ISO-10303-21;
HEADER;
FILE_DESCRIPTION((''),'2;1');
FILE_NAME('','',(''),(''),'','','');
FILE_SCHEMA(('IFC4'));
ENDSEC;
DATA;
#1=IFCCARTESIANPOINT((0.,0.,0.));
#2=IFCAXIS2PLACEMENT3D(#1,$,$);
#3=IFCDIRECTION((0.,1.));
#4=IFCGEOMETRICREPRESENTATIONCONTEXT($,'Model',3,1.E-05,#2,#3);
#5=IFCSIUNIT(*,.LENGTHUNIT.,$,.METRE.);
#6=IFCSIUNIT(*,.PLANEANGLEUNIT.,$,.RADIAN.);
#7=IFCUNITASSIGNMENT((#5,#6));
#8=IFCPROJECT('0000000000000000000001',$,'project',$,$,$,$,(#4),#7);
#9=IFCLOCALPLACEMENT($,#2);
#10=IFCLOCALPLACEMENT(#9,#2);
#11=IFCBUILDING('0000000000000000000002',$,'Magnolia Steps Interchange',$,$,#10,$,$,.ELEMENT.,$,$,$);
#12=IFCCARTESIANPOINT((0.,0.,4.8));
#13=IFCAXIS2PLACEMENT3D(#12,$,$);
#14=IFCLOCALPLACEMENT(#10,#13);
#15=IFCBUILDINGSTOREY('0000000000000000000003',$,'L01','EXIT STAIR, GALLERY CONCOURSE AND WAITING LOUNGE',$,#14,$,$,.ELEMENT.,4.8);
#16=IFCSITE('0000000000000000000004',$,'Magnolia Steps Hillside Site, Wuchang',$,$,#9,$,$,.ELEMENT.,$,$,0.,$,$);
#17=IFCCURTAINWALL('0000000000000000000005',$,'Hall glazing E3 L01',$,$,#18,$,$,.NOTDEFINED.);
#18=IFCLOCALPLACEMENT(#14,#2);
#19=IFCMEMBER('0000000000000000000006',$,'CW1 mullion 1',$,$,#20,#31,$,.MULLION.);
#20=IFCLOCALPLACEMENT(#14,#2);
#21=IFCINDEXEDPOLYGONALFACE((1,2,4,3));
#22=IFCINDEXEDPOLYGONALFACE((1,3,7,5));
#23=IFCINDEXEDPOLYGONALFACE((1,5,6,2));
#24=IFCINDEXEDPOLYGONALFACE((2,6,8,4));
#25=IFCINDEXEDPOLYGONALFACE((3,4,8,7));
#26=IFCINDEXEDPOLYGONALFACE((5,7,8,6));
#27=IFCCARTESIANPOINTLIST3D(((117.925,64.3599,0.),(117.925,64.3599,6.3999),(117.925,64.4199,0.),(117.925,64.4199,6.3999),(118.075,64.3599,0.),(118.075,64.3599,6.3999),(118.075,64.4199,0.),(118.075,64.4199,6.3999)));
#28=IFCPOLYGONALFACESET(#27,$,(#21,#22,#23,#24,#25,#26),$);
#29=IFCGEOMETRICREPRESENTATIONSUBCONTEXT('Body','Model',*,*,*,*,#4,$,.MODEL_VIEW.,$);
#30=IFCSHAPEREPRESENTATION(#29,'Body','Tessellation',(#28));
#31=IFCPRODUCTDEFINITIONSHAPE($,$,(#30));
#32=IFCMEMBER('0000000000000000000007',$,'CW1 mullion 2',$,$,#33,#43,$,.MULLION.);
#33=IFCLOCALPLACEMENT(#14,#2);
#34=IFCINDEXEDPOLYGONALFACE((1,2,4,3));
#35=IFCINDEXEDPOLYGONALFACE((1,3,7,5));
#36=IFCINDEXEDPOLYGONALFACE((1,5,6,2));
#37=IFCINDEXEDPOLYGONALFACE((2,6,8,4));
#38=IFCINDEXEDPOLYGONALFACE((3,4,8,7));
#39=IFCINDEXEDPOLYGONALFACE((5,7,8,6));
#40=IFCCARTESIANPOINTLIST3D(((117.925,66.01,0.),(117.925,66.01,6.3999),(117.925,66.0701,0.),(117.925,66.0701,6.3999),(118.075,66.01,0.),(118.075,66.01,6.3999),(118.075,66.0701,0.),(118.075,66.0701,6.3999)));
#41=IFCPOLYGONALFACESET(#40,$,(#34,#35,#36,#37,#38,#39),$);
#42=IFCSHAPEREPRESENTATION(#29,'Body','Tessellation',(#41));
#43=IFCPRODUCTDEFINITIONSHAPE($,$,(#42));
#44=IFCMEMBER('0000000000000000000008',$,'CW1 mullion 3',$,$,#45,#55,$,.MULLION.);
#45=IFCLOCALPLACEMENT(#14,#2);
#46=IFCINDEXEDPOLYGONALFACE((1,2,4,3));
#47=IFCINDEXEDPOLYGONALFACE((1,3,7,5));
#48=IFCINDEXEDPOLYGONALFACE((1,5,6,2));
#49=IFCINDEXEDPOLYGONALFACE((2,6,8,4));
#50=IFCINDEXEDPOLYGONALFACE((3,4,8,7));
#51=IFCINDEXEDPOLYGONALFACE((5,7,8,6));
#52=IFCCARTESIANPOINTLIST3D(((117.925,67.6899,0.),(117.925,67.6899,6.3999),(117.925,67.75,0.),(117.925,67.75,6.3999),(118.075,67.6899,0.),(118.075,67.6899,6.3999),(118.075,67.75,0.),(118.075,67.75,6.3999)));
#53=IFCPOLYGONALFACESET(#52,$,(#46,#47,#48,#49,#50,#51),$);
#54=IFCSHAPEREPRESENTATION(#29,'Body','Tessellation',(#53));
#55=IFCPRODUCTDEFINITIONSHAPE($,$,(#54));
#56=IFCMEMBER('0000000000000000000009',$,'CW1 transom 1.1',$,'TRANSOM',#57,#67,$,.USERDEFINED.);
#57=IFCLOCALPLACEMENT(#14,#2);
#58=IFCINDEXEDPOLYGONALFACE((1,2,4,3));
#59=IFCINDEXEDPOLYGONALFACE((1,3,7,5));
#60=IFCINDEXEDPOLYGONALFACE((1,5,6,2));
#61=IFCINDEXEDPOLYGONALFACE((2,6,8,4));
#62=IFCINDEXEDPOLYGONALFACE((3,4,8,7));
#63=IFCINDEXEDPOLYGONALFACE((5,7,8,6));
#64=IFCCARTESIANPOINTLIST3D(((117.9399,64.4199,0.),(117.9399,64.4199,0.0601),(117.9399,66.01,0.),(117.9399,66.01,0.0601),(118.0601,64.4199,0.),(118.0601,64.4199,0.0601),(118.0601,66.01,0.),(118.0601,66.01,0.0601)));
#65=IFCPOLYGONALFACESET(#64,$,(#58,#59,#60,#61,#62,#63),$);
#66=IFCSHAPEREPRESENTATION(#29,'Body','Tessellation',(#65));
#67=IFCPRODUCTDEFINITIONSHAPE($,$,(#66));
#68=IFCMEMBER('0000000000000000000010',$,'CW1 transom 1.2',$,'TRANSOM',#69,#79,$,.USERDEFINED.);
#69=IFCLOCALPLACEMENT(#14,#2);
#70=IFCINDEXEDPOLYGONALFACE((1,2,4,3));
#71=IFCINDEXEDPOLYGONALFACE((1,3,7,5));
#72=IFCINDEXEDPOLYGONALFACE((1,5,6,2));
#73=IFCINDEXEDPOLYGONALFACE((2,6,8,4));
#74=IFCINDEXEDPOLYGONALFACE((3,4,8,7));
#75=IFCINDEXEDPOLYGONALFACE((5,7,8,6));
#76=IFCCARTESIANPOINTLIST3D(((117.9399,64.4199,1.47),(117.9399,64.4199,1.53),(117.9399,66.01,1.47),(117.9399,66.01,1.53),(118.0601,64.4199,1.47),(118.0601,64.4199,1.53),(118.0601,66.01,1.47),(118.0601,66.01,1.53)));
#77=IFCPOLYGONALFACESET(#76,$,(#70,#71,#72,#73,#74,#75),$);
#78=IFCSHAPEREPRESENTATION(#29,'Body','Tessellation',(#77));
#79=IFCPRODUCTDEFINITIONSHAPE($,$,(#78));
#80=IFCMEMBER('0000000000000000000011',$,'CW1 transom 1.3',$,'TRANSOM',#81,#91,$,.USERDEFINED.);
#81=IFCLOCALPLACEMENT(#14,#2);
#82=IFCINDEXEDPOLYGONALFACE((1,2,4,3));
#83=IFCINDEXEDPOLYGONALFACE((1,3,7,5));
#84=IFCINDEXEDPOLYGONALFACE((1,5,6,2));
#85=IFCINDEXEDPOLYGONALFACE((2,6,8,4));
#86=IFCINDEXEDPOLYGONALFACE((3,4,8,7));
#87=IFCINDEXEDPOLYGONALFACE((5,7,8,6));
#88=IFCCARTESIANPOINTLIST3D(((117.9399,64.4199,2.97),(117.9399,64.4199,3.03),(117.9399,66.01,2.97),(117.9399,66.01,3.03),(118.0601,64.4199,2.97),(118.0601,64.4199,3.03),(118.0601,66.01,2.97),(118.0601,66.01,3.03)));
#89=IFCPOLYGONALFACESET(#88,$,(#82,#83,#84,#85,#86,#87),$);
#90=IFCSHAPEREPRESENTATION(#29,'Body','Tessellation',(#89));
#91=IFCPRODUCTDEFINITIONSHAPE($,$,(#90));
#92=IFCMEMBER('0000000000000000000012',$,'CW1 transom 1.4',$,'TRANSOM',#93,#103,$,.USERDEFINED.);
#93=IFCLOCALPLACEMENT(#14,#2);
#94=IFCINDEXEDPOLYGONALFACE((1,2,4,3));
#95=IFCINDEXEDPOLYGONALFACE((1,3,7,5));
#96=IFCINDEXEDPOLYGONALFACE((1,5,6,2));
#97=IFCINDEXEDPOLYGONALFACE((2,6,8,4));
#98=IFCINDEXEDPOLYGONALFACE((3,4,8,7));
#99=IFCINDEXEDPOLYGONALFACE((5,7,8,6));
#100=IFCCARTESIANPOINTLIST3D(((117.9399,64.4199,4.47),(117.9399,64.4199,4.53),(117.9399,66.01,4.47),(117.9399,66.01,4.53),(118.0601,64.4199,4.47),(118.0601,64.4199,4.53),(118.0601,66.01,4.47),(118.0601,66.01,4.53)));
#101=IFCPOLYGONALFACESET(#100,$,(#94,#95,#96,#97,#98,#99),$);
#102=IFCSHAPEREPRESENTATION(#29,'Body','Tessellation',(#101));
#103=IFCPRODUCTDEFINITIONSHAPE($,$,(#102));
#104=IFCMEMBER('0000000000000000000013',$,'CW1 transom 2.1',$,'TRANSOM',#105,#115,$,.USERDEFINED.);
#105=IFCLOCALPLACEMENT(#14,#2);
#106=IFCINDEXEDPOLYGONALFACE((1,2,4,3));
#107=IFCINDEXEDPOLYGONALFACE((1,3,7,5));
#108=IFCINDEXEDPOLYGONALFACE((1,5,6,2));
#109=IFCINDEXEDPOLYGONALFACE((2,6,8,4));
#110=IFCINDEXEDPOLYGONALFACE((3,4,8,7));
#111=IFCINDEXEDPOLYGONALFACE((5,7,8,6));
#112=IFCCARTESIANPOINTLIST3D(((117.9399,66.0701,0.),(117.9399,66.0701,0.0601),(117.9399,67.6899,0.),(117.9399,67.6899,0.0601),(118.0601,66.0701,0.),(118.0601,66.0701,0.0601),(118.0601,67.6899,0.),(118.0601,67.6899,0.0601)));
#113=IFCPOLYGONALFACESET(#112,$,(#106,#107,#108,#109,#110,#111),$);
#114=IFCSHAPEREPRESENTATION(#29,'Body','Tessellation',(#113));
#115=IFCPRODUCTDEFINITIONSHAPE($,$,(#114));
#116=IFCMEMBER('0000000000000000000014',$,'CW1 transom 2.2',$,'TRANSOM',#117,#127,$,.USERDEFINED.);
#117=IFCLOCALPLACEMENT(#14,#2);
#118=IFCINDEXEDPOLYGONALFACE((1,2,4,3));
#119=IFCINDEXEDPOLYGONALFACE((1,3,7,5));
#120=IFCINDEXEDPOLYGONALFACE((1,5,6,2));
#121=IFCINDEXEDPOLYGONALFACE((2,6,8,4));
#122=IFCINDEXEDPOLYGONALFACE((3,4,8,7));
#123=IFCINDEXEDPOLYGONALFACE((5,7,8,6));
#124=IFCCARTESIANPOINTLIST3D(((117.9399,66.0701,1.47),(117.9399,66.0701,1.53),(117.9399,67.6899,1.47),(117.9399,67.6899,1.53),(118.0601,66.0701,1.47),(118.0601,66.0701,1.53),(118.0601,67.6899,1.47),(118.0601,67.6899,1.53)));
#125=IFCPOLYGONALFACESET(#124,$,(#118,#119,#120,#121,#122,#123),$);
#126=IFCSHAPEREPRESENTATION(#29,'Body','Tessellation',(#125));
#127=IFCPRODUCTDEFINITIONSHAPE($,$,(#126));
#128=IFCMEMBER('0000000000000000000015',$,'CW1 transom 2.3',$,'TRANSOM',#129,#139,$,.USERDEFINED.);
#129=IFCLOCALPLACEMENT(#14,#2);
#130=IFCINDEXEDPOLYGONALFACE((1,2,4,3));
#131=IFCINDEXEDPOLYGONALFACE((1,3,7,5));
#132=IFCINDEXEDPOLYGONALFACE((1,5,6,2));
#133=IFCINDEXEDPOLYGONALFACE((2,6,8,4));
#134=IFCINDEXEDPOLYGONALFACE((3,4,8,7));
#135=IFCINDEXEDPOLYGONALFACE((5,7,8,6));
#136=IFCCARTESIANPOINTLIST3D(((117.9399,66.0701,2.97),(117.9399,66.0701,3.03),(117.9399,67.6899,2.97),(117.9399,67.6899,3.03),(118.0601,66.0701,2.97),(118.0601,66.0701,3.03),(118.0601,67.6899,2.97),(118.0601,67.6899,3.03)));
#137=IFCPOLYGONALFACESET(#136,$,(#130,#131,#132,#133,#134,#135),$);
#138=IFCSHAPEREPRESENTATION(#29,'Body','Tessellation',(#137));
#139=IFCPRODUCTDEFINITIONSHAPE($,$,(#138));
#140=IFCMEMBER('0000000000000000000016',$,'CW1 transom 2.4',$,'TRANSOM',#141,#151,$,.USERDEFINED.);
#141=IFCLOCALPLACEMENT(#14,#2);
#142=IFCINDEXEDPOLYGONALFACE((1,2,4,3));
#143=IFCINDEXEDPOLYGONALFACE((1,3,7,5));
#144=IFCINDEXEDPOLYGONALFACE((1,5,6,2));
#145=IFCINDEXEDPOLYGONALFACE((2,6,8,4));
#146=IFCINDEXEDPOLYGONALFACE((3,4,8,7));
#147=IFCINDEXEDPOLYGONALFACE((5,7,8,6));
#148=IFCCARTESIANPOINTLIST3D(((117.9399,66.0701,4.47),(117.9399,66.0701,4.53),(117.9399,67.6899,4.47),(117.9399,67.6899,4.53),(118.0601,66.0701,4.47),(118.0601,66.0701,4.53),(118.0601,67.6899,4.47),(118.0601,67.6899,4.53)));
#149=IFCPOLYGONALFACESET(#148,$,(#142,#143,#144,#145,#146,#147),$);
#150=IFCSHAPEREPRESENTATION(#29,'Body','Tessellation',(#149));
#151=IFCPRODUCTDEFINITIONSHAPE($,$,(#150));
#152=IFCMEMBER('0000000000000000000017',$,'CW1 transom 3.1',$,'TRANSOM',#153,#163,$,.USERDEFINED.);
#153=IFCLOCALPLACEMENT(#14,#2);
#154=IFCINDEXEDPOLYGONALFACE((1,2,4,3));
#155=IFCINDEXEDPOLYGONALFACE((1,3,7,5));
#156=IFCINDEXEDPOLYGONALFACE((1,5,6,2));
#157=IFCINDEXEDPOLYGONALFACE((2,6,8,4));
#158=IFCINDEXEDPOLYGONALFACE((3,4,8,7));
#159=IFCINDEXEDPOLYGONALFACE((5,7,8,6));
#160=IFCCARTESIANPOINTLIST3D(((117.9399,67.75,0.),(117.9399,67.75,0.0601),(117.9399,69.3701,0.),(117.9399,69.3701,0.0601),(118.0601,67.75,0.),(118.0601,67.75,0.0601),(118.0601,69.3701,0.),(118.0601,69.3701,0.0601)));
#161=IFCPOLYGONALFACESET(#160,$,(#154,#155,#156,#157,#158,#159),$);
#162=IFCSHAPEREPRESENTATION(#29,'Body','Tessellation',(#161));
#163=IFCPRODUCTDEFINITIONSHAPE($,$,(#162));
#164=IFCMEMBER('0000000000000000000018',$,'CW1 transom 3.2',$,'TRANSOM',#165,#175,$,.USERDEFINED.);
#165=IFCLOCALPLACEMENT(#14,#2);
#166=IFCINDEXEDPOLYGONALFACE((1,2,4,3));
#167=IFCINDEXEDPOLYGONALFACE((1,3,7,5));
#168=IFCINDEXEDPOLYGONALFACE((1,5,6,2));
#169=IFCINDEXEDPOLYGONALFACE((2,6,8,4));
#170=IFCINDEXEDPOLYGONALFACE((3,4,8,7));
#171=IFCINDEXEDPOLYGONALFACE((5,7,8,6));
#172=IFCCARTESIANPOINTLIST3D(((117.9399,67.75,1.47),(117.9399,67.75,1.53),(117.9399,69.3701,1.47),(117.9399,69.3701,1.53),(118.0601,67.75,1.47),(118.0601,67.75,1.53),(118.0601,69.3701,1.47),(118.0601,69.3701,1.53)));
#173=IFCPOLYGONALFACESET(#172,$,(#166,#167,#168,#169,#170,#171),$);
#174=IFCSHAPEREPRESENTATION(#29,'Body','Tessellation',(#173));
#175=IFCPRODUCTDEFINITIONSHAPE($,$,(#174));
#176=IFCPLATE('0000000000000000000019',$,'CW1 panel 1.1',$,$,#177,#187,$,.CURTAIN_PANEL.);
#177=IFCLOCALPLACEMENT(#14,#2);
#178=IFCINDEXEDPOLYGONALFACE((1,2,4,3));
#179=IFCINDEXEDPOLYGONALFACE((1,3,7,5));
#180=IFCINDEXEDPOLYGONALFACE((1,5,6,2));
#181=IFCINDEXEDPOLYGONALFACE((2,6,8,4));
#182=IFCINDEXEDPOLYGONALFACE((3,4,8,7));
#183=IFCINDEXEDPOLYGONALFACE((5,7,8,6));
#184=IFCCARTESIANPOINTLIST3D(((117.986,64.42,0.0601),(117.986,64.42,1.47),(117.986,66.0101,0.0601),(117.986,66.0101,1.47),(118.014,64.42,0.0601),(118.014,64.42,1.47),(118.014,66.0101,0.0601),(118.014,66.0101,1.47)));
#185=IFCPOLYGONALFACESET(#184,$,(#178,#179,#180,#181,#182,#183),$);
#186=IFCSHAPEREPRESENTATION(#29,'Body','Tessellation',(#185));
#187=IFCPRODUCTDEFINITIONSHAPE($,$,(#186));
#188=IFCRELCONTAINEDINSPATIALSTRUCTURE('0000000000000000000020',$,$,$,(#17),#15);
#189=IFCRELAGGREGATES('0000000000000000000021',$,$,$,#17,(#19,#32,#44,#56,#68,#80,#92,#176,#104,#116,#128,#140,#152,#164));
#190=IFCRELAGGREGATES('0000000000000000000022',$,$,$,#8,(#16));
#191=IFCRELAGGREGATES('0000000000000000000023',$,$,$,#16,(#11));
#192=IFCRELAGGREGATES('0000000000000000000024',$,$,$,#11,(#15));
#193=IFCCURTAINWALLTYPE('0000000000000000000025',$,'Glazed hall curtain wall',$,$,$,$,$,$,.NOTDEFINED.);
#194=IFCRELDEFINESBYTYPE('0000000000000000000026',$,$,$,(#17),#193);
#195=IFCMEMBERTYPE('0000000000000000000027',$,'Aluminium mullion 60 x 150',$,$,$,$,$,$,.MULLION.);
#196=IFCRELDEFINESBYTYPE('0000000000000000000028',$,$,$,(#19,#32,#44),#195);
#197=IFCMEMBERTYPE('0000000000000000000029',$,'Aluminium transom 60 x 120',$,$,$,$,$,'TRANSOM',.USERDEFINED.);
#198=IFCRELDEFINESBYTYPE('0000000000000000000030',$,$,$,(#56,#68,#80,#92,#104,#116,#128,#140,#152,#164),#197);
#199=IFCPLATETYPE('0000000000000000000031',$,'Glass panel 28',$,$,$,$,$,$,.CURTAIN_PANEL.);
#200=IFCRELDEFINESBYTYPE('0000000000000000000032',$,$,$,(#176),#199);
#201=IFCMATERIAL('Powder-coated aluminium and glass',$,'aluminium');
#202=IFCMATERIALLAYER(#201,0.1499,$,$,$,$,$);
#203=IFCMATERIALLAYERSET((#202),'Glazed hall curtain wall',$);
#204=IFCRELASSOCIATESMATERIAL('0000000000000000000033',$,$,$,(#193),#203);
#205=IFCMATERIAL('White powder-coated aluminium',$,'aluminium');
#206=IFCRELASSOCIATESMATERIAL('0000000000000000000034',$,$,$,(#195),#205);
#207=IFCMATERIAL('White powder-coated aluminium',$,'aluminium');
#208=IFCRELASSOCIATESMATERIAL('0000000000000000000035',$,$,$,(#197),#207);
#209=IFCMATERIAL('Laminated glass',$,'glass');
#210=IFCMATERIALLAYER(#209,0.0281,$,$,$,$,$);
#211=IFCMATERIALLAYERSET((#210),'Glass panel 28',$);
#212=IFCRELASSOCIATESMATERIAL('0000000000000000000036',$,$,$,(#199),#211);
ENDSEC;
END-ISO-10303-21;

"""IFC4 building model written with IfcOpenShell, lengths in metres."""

from ifc_helpers import new_model, si_unit, direction, frame, origin, origin_2d, place, context, subcontext, project, spatial, rectangle, extrude, material, layer, layer_set, material_profile, profile_set, type_object, element, aggregate, save


model = new_model("IFC4")

# Units and contexts
model_context = context("Model", 3, precision=1e-05, world=origin(), true_north=direction((0.0, 1.0)))
body_context = subcontext(model_context, "Body", "Model", "MODEL_VIEW")
ifc_project = project(units=[si_unit("LENGTHUNIT", "METRE"), si_unit("PLANEANGLEUNIT", "RADIAN")], contexts=[model_context])

# Site, building, storey
site_placement = place(None, origin())
site = spatial("IfcSite", under=ifc_project, at=site_placement, Name="Magnolia Steps Hillside Site, Wuchang", CompositionType="ELEMENT", RefElevation=0.0)
building_placement = place(site_placement, origin())
building = spatial("IfcBuilding", under=site, at=building_placement, Name="Magnolia Steps Interchange", CompositionType="ELEMENT")
storey_placement = place(building_placement, frame((0.0, 0.0, 4.8)))
storey = spatial("IfcBuildingStorey", under=building, at=storey_placement, Name="L01", Description="EXIT STAIR, GALLERY CONCOURSE AND WAITING LOUNGE", CompositionType="ELEMENT", Elevation=4.8)

# Curtain wall, members, plate
ifc_material_1 = material(Name="Powder-coated aluminium and glass", Category="aluminium")
ifc_layer_1 = layer(ifc_material_1, 0.1499)
ifc_layer_set_1 = layer_set([ifc_layer_1], Name="Glazed hall curtain wall")
curtain_wall_type = type_object("IfcCurtainWallType", Name="Glazed hall curtain wall", PredefinedType="NOTDEFINED", material=ifc_layer_set_1)
curtain_wall_placement = place(storey_placement, origin())
curtain_wall = element("IfcCurtainWall", 1, at=curtain_wall_placement, inside=storey, type_object=curtain_wall_type, Name="Hall glazing E3 L01", PredefinedType="NOTDEFINED")
ifc_material_2 = material(Name="White powder-coated aluminium", Category="aluminium")
ifc_material_profile_1 = material_profile(ifc_material_2, rectangle(XDim=0.0601, YDim=0.1499, at=origin_2d()), Name="Aluminium mullion 60 x 150")
ifc_profile_set_1 = profile_set([ifc_material_profile_1], Name="White powder-coated aluminium")
member_type_1 = type_object("IfcMemberType", Name="Aluminium mullion 60 x 150", PredefinedType="MULLION", material=ifc_profile_set_1)
member_1_placement = place(storey_placement, frame((118.0, 64.3899, 0.0), z_axis=(0.0, 0.0, 1.0), x_axis=(0.0, 1.0, 0.0)))
member_1 = element("IfcMember", 2, at=member_1_placement, type_object=member_type_1, Name="CW1 mullion 1", PredefinedType="MULLION", context=body_context, shape_type="SweptSolid", body=[
    extrude(rectangle(XDim=0.0601, YDim=0.1499, at=origin_2d()), origin(), (0.0, 0.0, 1.0), 6.3999),
])
member_2_placement = place(storey_placement, frame((118.0, 66.04, 0.0), z_axis=(0.0, 0.0, 1.0), x_axis=(0.0, 1.0, 0.0)))
member_2 = element("IfcMember", 3, at=member_2_placement, type_object=member_type_1, Name="CW1 mullion 2", PredefinedType="MULLION", context=body_context, shape_type="SweptSolid", body=[
    extrude(rectangle(XDim=0.0601, YDim=0.1499, at=origin_2d()), origin(), (0.0, 0.0, 1.0), 6.3999),
])
member_3_placement = place(storey_placement, frame((118.0, 67.72, 0.0), z_axis=(0.0, 0.0, 1.0), x_axis=(0.0, 1.0, 0.0)))
member_3 = element("IfcMember", 4, at=member_3_placement, type_object=member_type_1, Name="CW1 mullion 3", PredefinedType="MULLION", context=body_context, shape_type="SweptSolid", body=[
    extrude(rectangle(XDim=0.0601, YDim=0.1499, at=origin_2d()), origin(), (0.0, 0.0, 1.0), 6.3999),
])
ifc_material_3 = material(Name="White powder-coated aluminium", Category="aluminium")
ifc_material_profile_2 = material_profile(ifc_material_3, rectangle(XDim=0.0601, YDim=0.1201, at=origin_2d()), Name="Aluminium transom 60 x 120")
ifc_profile_set_2 = profile_set([ifc_material_profile_2], Name="White powder-coated aluminium")
member_type_2 = type_object("IfcMemberType", Name="Aluminium transom 60 x 120", ElementType="TRANSOM", PredefinedType="USERDEFINED", material=ifc_profile_set_2)
member_4_placement = place(storey_placement, frame((118.0, 64.4199, 0.03), z_axis=(0.0, 1.0, 0.0), x_axis=(0.0, 0.0, 1.0)))
member_4 = element("IfcMember", 5, at=member_4_placement, type_object=member_type_2, Name="CW1 transom 1.1", ObjectType="TRANSOM", PredefinedType="USERDEFINED", context=body_context, shape_type="SweptSolid", body=[
    extrude(rectangle(XDim=0.0601, YDim=0.1201, at=origin_2d()), origin(), (0.0, 0.0, 1.0), 1.5901),
])
member_5_placement = place(storey_placement, frame((118.0, 64.4199, 1.5), z_axis=(0.0, 1.0, 0.0), x_axis=(0.0, 0.0, 1.0)))
member_5 = element("IfcMember", 6, at=member_5_placement, type_object=member_type_2, Name="CW1 transom 1.2", ObjectType="TRANSOM", PredefinedType="USERDEFINED", context=body_context, shape_type="SweptSolid", body=[
    extrude(rectangle(XDim=0.0601, YDim=0.1201, at=origin_2d()), origin(), (0.0, 0.0, 1.0), 1.5901),
])
member_6_placement = place(storey_placement, frame((118.0, 64.4199, 3.0), z_axis=(0.0, 1.0, 0.0), x_axis=(0.0, 0.0, 1.0)))
member_6 = element("IfcMember", 7, at=member_6_placement, type_object=member_type_2, Name="CW1 transom 1.3", ObjectType="TRANSOM", PredefinedType="USERDEFINED", context=body_context, shape_type="SweptSolid", body=[
    extrude(rectangle(XDim=0.0601, YDim=0.1201, at=origin_2d()), origin(), (0.0, 0.0, 1.0), 1.5901),
])
member_7_placement = place(storey_placement, frame((118.0, 64.4199, 4.5), z_axis=(0.0, 1.0, 0.0), x_axis=(0.0, 0.0, 1.0)))
member_7 = element("IfcMember", 8, at=member_7_placement, type_object=member_type_2, Name="CW1 transom 1.4", ObjectType="TRANSOM", PredefinedType="USERDEFINED", context=body_context, shape_type="SweptSolid", body=[
    extrude(rectangle(XDim=0.0601, YDim=0.1201, at=origin_2d()), origin(), (0.0, 0.0, 1.0), 1.5901),
])
member_8_placement = place(storey_placement, frame((118.0, 66.0701, 0.03), z_axis=(0.0, 1.0, 0.0), x_axis=(0.0, 0.0, 1.0)))
member_8 = element("IfcMember", 9, at=member_8_placement, type_object=member_type_2, Name="CW1 transom 2.1", ObjectType="TRANSOM", PredefinedType="USERDEFINED", context=body_context, shape_type="SweptSolid", body=[
    extrude(rectangle(XDim=0.0601, YDim=0.1201, at=origin_2d()), origin(), (0.0, 0.0, 1.0), 1.6199),
])
member_9_placement = place(storey_placement, frame((118.0, 66.0701, 1.5), z_axis=(0.0, 1.0, 0.0), x_axis=(0.0, 0.0, 1.0)))
member_9 = element("IfcMember", 10, at=member_9_placement, type_object=member_type_2, Name="CW1 transom 2.2", ObjectType="TRANSOM", PredefinedType="USERDEFINED", context=body_context, shape_type="SweptSolid", body=[
    extrude(rectangle(XDim=0.0601, YDim=0.1201, at=origin_2d()), origin(), (0.0, 0.0, 1.0), 1.6199),
])
member_10_placement = place(storey_placement, frame((118.0, 66.0701, 3.0), z_axis=(0.0, 1.0, 0.0), x_axis=(0.0, 0.0, 1.0)))
member_10 = element("IfcMember", 11, at=member_10_placement, type_object=member_type_2, Name="CW1 transom 2.3", ObjectType="TRANSOM", PredefinedType="USERDEFINED", context=body_context, shape_type="SweptSolid", body=[
    extrude(rectangle(XDim=0.0601, YDim=0.1201, at=origin_2d()), origin(), (0.0, 0.0, 1.0), 1.6199),
])
member_11_placement = place(storey_placement, frame((118.0, 66.0701, 4.5), z_axis=(0.0, 1.0, 0.0), x_axis=(0.0, 0.0, 1.0)))
member_11 = element("IfcMember", 12, at=member_11_placement, type_object=member_type_2, Name="CW1 transom 2.4", ObjectType="TRANSOM", PredefinedType="USERDEFINED", context=body_context, shape_type="SweptSolid", body=[
    extrude(rectangle(XDim=0.0601, YDim=0.1201, at=origin_2d()), origin(), (0.0, 0.0, 1.0), 1.6199),
])
member_12_placement = place(storey_placement, frame((118.0, 67.75, 0.03), z_axis=(0.0, 1.0, 0.0), x_axis=(0.0, 0.0, 1.0)))
member_12 = element("IfcMember", 13, at=member_12_placement, type_object=member_type_2, Name="CW1 transom 3.1", ObjectType="TRANSOM", PredefinedType="USERDEFINED", context=body_context, shape_type="SweptSolid", body=[
    extrude(rectangle(XDim=0.0601, YDim=0.1201, at=origin_2d()), origin(), (0.0, 0.0, 1.0), 1.6201),
])
member_13_placement = place(storey_placement, frame((118.0, 67.75, 1.5), z_axis=(0.0, 1.0, 0.0), x_axis=(0.0, 0.0, 1.0)))
member_13 = element("IfcMember", 14, at=member_13_placement, type_object=member_type_2, Name="CW1 transom 3.2", ObjectType="TRANSOM", PredefinedType="USERDEFINED", context=body_context, shape_type="SweptSolid", body=[
    extrude(rectangle(XDim=0.0601, YDim=0.1201, at=origin_2d()), origin(), (0.0, 0.0, 1.0), 1.6201),
])
ifc_material_4 = material(Name="Laminated glass", Category="glass")
ifc_layer_2 = layer(ifc_material_4, 0.0281)
ifc_layer_set_2 = layer_set([ifc_layer_2], Name="Glass panel 28")
plate_type = type_object("IfcPlateType", Name="Glass panel 28", PredefinedType="CURTAIN_PANEL", material=ifc_layer_set_2)
plate_1_placement = place(storey_placement, frame((118.0, 65.2151, 0.0601), z_axis=(0.0, 0.0, 1.0), x_axis=(0.0, 1.0, 0.0)))
plate_1 = element("IfcPlate", 15, at=plate_1_placement, type_object=plate_type, Name="CW1 panel 1.1", PredefinedType="CURTAIN_PANEL", context=body_context, shape_type="SweptSolid", body=[
    extrude(rectangle(XDim=1.5901, YDim=0.0281, at=origin_2d()), origin(), (0.0, 0.0, 1.0), 1.4099),
])
aggregate(curtain_wall, [member_1, member_2, member_3, member_4, member_5, member_6, member_7, plate_1, member_8, member_9, member_10, member_11, member_12, member_13])

save(model, "model.ifc")
